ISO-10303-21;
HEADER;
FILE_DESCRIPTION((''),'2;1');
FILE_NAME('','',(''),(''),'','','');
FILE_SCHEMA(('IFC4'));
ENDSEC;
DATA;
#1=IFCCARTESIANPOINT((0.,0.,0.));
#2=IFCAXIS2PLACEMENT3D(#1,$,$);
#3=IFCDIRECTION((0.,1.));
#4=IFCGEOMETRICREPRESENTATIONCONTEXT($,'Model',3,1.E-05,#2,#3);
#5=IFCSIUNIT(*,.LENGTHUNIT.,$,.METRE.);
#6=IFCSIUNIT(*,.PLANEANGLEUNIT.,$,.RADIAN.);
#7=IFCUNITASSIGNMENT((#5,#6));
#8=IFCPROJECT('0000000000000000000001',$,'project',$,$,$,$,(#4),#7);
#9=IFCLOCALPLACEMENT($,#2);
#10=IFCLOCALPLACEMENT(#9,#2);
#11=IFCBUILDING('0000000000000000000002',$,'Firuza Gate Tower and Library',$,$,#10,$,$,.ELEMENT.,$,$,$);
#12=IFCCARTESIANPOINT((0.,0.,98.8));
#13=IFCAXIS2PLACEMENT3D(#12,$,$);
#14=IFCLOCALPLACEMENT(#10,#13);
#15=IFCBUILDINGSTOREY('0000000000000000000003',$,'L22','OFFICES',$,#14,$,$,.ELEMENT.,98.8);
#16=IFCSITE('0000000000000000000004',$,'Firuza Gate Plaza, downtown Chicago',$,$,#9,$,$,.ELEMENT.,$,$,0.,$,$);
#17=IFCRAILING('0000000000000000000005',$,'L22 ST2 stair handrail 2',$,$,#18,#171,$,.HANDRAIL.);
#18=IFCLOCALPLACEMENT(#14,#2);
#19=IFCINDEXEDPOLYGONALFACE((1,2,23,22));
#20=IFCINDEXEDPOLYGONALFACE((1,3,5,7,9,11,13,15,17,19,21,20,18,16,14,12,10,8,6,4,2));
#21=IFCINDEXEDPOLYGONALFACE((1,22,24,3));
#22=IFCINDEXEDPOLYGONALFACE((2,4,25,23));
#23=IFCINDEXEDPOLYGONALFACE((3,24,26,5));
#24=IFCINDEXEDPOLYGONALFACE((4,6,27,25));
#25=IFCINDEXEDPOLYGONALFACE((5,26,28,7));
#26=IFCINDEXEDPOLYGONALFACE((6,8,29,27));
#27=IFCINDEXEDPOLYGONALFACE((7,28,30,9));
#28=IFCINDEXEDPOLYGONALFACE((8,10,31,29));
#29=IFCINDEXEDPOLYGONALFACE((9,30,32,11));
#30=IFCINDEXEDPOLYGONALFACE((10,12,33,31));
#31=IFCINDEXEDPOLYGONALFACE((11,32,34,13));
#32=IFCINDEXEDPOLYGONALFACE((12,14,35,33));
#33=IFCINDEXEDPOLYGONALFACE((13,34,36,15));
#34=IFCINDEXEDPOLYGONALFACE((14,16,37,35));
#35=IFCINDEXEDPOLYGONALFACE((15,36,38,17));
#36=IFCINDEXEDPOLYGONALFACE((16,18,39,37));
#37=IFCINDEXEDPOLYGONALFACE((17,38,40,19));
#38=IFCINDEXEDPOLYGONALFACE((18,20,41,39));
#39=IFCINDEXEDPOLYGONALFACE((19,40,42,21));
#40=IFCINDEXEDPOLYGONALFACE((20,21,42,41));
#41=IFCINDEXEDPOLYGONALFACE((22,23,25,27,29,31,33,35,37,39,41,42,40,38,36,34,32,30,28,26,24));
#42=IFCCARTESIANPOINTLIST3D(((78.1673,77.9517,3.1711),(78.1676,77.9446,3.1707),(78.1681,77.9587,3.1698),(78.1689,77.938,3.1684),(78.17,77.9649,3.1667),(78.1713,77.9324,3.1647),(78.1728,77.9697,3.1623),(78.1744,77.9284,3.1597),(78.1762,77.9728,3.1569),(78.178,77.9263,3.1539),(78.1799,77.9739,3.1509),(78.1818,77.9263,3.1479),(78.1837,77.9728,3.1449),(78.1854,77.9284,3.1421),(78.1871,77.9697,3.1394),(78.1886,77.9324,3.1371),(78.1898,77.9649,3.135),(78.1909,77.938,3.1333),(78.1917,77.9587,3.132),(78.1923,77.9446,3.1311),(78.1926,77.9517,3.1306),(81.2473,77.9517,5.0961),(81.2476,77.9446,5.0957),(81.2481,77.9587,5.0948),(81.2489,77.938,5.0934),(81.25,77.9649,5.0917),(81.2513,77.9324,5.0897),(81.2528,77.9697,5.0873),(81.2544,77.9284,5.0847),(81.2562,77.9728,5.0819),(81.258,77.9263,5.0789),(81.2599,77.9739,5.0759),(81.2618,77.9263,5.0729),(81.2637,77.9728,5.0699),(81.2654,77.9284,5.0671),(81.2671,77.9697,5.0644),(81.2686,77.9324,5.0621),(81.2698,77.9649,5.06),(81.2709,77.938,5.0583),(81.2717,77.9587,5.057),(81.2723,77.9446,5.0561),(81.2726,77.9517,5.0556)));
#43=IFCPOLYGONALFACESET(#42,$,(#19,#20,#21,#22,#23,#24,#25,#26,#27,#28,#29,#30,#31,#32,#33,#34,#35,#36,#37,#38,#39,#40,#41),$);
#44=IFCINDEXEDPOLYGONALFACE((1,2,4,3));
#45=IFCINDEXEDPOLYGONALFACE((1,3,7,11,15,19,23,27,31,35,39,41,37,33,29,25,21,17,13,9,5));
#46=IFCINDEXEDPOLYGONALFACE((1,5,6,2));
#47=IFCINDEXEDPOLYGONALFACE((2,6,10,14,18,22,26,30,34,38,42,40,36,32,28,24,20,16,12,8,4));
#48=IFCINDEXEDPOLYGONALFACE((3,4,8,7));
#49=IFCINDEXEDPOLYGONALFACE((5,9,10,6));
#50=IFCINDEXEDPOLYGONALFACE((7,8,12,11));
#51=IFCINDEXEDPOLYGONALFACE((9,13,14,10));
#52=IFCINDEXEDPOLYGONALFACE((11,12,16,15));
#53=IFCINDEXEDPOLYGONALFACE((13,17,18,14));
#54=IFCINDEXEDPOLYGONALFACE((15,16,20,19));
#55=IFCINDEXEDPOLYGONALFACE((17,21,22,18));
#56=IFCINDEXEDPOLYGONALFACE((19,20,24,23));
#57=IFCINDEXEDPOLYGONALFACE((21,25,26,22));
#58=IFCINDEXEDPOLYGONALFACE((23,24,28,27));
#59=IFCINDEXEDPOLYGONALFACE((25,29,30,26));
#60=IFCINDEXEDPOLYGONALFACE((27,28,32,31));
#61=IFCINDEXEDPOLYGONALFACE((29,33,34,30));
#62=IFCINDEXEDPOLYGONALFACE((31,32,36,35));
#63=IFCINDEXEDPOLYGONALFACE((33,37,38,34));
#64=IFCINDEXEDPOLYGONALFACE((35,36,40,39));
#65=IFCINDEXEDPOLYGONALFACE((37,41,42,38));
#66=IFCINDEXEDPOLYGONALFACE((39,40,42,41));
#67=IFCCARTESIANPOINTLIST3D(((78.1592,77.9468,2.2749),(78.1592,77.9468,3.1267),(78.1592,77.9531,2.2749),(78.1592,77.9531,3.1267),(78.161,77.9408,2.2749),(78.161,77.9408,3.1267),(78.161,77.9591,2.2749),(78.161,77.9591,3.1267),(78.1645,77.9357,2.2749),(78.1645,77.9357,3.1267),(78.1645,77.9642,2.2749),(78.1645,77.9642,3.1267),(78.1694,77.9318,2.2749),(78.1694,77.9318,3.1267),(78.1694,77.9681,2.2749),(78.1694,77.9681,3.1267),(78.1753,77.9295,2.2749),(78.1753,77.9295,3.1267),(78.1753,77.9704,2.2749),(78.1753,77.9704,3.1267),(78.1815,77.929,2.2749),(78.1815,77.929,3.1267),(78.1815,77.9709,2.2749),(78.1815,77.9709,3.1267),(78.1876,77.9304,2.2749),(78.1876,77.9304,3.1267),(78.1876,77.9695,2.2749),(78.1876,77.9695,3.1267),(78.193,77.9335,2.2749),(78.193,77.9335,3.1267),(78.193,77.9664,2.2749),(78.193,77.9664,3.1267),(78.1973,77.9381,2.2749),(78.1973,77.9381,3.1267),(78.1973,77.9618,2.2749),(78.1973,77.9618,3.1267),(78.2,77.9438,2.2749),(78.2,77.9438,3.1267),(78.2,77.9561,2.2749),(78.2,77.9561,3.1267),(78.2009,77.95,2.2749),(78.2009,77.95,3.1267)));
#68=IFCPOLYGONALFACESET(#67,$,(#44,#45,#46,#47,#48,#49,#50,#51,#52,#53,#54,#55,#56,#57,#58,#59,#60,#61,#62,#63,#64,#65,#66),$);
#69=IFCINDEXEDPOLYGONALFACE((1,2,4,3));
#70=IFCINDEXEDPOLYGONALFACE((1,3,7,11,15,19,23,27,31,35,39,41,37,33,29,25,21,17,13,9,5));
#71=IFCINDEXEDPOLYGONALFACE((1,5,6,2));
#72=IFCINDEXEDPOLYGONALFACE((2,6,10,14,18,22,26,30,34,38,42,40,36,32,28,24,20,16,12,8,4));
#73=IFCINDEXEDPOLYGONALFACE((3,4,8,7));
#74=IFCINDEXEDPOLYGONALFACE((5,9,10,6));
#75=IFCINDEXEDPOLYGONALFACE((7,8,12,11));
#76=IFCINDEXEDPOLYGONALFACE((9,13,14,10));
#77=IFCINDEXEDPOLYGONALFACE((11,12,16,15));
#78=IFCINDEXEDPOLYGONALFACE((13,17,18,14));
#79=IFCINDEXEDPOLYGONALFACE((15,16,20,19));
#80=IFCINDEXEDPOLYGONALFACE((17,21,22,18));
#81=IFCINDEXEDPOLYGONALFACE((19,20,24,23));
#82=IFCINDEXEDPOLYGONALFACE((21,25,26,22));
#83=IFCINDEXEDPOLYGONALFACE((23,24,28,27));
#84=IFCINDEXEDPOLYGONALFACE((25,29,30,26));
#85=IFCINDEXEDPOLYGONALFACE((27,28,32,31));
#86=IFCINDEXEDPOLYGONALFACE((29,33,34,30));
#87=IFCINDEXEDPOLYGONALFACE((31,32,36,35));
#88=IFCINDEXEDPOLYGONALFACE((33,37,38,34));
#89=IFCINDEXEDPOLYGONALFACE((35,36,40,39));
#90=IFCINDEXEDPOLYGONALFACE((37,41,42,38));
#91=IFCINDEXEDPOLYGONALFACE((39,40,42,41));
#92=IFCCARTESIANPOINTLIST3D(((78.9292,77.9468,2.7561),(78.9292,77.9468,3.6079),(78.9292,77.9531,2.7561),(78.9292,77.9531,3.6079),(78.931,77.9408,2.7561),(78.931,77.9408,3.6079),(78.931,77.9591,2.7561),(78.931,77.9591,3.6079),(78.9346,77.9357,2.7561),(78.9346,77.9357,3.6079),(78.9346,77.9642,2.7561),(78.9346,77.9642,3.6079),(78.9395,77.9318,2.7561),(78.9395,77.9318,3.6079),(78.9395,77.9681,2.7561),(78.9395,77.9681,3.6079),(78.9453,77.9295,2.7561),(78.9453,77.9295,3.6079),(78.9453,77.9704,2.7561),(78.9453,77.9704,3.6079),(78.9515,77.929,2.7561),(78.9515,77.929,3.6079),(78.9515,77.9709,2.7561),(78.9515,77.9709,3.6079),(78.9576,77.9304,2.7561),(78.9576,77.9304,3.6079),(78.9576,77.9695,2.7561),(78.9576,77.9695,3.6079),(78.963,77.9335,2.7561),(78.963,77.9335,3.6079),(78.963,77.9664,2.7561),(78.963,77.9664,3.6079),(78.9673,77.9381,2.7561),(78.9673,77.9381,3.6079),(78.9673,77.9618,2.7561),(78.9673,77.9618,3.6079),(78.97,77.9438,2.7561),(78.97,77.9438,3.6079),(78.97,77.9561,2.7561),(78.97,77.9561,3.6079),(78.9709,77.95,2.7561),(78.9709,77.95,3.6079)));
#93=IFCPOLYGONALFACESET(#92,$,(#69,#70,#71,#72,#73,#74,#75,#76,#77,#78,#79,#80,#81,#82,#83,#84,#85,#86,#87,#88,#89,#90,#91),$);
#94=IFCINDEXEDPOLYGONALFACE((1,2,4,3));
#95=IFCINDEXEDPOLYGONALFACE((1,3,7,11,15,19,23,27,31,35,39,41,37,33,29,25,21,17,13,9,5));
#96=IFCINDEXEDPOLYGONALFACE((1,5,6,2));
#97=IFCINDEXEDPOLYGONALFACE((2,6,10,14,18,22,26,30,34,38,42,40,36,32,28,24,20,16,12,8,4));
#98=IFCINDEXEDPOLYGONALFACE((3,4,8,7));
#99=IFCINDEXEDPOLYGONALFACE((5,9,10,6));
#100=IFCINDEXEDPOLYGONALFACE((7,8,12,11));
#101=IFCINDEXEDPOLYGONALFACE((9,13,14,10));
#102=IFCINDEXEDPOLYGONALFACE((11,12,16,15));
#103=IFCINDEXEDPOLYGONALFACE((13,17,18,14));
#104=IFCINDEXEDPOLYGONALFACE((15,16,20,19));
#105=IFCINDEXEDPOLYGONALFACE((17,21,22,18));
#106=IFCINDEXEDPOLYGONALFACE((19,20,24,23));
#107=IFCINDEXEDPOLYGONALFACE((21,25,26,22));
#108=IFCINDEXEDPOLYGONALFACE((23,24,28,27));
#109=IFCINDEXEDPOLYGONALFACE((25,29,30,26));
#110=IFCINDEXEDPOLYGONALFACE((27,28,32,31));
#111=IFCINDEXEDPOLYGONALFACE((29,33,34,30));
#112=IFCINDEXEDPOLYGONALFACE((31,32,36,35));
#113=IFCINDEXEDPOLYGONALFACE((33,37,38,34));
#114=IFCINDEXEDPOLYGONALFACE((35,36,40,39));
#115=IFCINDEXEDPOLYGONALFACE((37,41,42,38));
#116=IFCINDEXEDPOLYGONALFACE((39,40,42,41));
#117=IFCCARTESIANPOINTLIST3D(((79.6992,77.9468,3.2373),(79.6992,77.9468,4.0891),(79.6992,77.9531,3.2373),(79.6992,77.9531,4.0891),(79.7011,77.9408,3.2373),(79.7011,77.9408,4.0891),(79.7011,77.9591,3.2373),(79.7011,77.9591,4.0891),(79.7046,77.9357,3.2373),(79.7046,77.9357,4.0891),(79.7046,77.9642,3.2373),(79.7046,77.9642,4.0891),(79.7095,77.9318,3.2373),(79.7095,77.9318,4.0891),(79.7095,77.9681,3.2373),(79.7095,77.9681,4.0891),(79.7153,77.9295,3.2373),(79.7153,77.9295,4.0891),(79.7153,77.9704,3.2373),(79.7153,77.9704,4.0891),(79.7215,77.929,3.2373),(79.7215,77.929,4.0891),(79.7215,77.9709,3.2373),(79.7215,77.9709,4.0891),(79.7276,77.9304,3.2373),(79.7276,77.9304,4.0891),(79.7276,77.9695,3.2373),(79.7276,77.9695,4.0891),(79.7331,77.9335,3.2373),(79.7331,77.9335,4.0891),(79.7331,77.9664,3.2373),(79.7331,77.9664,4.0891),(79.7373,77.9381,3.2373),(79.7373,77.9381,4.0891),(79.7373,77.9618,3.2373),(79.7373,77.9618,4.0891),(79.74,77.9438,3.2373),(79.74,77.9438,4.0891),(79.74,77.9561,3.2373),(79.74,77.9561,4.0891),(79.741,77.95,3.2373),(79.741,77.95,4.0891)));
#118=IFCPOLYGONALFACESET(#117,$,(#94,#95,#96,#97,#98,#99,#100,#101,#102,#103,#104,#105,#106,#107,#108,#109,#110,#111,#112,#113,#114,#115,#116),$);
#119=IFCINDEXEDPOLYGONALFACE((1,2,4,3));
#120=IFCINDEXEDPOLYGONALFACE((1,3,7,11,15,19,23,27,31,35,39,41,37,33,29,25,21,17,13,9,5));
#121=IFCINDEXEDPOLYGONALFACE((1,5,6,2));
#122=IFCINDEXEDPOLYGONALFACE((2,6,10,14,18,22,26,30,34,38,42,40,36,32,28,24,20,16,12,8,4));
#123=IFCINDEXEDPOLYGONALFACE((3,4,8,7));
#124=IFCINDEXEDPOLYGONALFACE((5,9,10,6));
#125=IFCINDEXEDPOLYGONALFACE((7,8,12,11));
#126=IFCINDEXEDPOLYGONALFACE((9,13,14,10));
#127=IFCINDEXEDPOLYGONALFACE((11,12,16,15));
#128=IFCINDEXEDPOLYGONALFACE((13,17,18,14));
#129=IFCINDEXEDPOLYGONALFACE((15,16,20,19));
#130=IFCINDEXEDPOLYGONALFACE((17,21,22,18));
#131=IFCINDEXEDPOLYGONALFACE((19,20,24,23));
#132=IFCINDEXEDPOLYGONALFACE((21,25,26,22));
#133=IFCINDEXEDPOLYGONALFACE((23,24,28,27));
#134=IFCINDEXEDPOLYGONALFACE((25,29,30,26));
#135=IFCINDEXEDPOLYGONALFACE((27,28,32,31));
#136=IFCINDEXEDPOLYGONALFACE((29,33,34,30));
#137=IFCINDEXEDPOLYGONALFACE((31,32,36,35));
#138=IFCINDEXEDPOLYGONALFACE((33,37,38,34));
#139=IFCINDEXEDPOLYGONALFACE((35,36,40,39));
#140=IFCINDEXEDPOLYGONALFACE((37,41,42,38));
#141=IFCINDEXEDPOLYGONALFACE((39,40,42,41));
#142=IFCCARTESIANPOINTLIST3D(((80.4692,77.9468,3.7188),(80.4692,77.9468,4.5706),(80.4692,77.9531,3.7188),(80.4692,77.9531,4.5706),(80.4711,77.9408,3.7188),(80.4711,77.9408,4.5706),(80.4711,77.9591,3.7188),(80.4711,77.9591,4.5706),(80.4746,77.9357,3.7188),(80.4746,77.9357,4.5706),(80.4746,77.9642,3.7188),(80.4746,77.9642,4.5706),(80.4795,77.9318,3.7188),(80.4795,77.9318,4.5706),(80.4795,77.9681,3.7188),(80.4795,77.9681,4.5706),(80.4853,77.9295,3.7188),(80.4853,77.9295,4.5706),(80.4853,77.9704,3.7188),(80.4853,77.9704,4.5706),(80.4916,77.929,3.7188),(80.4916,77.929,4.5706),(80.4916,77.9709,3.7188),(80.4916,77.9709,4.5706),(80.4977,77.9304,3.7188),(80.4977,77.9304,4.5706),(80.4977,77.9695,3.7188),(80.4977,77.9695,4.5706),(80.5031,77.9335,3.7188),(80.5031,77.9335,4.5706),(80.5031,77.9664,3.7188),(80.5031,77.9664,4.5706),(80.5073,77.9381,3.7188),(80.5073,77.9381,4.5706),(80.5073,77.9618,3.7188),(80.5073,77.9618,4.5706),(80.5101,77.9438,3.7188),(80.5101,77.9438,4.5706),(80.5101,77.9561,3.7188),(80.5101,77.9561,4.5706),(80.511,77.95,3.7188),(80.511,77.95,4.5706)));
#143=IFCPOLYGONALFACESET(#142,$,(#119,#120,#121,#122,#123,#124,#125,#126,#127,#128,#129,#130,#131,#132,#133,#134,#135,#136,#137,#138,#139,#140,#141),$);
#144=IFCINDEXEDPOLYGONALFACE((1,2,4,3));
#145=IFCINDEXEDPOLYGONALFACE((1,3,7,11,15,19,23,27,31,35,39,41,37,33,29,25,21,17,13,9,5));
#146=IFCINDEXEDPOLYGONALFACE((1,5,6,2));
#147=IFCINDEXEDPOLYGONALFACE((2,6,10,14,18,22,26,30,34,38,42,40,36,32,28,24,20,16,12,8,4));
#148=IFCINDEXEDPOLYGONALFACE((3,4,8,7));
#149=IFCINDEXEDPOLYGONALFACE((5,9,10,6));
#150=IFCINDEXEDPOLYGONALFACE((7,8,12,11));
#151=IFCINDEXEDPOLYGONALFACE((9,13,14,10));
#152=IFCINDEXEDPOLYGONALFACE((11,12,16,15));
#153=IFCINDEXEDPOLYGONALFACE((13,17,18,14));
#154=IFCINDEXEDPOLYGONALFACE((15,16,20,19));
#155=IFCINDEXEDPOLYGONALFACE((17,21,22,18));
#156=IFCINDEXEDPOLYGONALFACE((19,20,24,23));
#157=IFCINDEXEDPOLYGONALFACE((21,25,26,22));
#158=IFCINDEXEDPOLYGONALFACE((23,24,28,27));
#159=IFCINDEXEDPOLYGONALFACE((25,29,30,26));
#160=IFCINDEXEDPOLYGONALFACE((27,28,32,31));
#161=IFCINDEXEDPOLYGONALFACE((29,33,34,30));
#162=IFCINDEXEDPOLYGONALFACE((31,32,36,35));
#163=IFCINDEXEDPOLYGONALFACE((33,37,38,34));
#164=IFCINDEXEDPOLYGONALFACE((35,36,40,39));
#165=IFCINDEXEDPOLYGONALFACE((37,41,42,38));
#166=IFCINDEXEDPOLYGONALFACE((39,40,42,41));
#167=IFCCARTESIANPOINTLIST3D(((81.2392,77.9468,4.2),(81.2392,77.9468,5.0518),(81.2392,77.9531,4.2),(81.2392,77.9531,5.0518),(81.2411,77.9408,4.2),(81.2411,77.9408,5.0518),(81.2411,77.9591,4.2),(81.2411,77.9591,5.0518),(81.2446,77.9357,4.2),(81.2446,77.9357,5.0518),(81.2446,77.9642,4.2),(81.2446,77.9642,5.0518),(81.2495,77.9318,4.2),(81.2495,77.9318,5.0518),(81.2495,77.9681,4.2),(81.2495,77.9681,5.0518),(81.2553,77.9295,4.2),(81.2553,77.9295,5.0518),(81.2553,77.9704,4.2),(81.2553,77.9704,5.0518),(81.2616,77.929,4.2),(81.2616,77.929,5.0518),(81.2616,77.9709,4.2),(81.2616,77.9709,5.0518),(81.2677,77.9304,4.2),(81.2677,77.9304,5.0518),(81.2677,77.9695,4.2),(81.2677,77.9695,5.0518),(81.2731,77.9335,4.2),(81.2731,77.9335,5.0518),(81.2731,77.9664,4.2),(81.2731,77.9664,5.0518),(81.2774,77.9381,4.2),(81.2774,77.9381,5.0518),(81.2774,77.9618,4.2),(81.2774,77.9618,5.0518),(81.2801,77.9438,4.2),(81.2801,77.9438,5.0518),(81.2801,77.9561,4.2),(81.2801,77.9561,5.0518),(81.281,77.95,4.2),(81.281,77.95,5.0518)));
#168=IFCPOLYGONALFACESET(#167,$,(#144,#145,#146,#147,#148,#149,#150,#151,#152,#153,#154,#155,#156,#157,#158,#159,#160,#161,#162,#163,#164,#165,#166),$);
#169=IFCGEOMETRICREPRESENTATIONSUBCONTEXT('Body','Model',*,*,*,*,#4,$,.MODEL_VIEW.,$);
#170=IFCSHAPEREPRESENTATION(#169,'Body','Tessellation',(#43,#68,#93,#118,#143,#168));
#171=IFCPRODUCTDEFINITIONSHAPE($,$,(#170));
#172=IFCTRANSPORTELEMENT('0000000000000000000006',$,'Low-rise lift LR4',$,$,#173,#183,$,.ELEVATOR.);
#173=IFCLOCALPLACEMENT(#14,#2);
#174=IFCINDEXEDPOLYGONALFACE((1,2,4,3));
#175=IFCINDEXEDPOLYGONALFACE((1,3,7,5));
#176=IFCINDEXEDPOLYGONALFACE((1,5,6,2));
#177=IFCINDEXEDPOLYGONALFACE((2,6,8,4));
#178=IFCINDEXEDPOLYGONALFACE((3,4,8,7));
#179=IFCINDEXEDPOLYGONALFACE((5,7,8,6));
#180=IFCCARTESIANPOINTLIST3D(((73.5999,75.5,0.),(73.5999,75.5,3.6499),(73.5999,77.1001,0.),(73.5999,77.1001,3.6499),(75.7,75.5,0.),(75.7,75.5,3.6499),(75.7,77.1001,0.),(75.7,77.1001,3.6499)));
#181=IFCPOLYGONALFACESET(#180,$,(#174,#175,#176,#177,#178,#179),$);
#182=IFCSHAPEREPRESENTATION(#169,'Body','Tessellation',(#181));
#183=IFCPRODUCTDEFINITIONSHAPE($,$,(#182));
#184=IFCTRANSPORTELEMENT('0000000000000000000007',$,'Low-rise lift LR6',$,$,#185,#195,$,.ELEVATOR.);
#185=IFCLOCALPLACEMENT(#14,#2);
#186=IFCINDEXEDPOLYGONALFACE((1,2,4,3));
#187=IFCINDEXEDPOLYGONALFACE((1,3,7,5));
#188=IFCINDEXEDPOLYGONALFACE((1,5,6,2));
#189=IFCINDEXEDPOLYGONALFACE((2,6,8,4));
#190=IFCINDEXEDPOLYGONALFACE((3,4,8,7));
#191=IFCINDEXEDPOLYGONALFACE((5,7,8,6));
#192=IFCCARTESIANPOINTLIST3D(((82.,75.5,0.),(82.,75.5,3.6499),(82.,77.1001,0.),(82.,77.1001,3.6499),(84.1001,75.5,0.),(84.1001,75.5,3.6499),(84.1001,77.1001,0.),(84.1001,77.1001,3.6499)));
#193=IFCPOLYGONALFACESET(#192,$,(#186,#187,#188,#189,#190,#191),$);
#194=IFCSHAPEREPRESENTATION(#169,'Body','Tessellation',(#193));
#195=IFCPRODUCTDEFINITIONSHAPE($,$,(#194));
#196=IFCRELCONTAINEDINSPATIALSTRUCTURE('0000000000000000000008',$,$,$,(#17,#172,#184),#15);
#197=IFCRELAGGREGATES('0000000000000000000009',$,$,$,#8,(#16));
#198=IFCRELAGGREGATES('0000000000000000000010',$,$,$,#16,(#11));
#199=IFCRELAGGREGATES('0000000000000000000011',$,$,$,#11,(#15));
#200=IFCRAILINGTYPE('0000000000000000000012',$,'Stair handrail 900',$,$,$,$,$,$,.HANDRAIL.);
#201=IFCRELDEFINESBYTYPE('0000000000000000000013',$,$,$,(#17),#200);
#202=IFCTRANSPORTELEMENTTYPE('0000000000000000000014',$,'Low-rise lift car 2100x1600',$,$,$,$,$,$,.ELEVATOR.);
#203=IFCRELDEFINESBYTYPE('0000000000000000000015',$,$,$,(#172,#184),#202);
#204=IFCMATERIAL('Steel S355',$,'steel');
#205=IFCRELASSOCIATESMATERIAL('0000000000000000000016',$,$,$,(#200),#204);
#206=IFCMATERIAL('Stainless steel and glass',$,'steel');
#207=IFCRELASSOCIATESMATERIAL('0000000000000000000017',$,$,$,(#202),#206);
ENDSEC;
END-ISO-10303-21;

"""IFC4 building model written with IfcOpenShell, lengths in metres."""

from ifc_helpers import new_model, si_unit, direction, frame, origin, origin_2d, place, context, subcontext, project, spatial, rectangle, circle, extrude, material, type_object, element, save


model = new_model("IFC4")

# Units and contexts
model_context = context("Model", 3, precision=1e-05, world=origin(), true_north=direction((0.0, 1.0)))
body_context = subcontext(model_context, "Body", "Model", "MODEL_VIEW")
ifc_project = project(units=[si_unit("LENGTHUNIT", "METRE"), si_unit("PLANEANGLEUNIT", "RADIAN")], contexts=[model_context])

# Site, building, storey
site_placement = place(None, origin())
site = spatial("IfcSite", under=ifc_project, at=site_placement, Name="Firuza Gate Plaza, downtown Chicago", CompositionType="ELEMENT", RefElevation=0.0)
building_placement = place(site_placement, origin())
building = spatial("IfcBuilding", under=site, at=building_placement, Name="Firuza Gate Tower and Library", CompositionType="ELEMENT")
storey_placement = place(building_placement, frame((0.0, 0.0, 98.8)))
storey = spatial("IfcBuildingStorey", under=building, at=storey_placement, Name="L22", Description="OFFICES", CompositionType="ELEMENT", Elevation=98.8)

# Railing
ifc_material_1 = material(Name="Steel S355", Category="steel")
railing_type_1 = type_object("IfcRailingType", Name="Stair handrail 900", PredefinedType="HANDRAIL", material=ifc_material_1)
railing_1_placement = place(storey_placement, frame((78.1799, 77.95, 2.2749)))
element("IfcRailing", 1, at=railing_1_placement, inside=storey, type_object=railing_type_1, Name="L22 ST2 stair handrail 2", PredefinedType="HANDRAIL", context=body_context, shape_type="SweptSolid", body=[
    extrude(circle(Radius=0.0239, at=origin_2d()), frame((0.0, 0.0, 0.876), z_axis=(0.847998, 0.0, 0.529999), x_axis=(0.0, 1.0, 0.0)), (0.0, 0.0, 1.0), 3.6321),
    extrude(circle(Radius=0.021, at=origin_2d()), origin(), (0.0, 0.0, 1.0), 0.8518),
    extrude(circle(Radius=0.021, at=origin_2d()), frame((0.77, 0.0, 0.4812)), (0.0, 0.0, 1.0), 0.8518),
    extrude(circle(Radius=0.021, at=origin_2d()), frame((1.54, 0.0, 0.9624)), (0.0, 0.0, 1.0), 0.8518),
    extrude(circle(Radius=0.021, at=origin_2d()), frame((2.3101, 0.0, 1.4438)), (0.0, 0.0, 1.0), 0.8518),
    extrude(circle(Radius=0.021, at=origin_2d()), frame((3.0801, 0.0, 1.925)), (0.0, 0.0, 1.0), 0.8518),
])

# Transport elements
ifc_material_2 = material(Name="Stainless steel and glass", Category="steel")
transport_element_type = type_object("IfcTransportElementType", Name="Low-rise lift car 2100x1600", PredefinedType="ELEVATOR", material=ifc_material_2)
for number, where, z_axis, x_axis, name in (
    (2, (74.6499, 76.3, 0.0), (0.0, 0.0, 1.0), (1.0, 0.0, 0.0), "Low-rise lift LR4"),
    (3, (83.05, 76.3, 0.0), (0.0, 0.0, 1.0), (1.0, 0.0, 0.0), "Low-rise lift LR6"),
):
    element("IfcTransportElement", number, at=place(storey_placement, frame(where, z_axis=z_axis, x_axis=x_axis)), inside=storey, type_object=transport_element_type, Name=name, PredefinedType="ELEVATOR", context=body_context, shape_type="SweptSolid", body=[
        extrude(rectangle(XDim=2.1001, YDim=1.6001, at=origin_2d()), origin(), (0.0, 0.0, 1.0), 3.6499),
    ])

save(model, "model.ifc")
